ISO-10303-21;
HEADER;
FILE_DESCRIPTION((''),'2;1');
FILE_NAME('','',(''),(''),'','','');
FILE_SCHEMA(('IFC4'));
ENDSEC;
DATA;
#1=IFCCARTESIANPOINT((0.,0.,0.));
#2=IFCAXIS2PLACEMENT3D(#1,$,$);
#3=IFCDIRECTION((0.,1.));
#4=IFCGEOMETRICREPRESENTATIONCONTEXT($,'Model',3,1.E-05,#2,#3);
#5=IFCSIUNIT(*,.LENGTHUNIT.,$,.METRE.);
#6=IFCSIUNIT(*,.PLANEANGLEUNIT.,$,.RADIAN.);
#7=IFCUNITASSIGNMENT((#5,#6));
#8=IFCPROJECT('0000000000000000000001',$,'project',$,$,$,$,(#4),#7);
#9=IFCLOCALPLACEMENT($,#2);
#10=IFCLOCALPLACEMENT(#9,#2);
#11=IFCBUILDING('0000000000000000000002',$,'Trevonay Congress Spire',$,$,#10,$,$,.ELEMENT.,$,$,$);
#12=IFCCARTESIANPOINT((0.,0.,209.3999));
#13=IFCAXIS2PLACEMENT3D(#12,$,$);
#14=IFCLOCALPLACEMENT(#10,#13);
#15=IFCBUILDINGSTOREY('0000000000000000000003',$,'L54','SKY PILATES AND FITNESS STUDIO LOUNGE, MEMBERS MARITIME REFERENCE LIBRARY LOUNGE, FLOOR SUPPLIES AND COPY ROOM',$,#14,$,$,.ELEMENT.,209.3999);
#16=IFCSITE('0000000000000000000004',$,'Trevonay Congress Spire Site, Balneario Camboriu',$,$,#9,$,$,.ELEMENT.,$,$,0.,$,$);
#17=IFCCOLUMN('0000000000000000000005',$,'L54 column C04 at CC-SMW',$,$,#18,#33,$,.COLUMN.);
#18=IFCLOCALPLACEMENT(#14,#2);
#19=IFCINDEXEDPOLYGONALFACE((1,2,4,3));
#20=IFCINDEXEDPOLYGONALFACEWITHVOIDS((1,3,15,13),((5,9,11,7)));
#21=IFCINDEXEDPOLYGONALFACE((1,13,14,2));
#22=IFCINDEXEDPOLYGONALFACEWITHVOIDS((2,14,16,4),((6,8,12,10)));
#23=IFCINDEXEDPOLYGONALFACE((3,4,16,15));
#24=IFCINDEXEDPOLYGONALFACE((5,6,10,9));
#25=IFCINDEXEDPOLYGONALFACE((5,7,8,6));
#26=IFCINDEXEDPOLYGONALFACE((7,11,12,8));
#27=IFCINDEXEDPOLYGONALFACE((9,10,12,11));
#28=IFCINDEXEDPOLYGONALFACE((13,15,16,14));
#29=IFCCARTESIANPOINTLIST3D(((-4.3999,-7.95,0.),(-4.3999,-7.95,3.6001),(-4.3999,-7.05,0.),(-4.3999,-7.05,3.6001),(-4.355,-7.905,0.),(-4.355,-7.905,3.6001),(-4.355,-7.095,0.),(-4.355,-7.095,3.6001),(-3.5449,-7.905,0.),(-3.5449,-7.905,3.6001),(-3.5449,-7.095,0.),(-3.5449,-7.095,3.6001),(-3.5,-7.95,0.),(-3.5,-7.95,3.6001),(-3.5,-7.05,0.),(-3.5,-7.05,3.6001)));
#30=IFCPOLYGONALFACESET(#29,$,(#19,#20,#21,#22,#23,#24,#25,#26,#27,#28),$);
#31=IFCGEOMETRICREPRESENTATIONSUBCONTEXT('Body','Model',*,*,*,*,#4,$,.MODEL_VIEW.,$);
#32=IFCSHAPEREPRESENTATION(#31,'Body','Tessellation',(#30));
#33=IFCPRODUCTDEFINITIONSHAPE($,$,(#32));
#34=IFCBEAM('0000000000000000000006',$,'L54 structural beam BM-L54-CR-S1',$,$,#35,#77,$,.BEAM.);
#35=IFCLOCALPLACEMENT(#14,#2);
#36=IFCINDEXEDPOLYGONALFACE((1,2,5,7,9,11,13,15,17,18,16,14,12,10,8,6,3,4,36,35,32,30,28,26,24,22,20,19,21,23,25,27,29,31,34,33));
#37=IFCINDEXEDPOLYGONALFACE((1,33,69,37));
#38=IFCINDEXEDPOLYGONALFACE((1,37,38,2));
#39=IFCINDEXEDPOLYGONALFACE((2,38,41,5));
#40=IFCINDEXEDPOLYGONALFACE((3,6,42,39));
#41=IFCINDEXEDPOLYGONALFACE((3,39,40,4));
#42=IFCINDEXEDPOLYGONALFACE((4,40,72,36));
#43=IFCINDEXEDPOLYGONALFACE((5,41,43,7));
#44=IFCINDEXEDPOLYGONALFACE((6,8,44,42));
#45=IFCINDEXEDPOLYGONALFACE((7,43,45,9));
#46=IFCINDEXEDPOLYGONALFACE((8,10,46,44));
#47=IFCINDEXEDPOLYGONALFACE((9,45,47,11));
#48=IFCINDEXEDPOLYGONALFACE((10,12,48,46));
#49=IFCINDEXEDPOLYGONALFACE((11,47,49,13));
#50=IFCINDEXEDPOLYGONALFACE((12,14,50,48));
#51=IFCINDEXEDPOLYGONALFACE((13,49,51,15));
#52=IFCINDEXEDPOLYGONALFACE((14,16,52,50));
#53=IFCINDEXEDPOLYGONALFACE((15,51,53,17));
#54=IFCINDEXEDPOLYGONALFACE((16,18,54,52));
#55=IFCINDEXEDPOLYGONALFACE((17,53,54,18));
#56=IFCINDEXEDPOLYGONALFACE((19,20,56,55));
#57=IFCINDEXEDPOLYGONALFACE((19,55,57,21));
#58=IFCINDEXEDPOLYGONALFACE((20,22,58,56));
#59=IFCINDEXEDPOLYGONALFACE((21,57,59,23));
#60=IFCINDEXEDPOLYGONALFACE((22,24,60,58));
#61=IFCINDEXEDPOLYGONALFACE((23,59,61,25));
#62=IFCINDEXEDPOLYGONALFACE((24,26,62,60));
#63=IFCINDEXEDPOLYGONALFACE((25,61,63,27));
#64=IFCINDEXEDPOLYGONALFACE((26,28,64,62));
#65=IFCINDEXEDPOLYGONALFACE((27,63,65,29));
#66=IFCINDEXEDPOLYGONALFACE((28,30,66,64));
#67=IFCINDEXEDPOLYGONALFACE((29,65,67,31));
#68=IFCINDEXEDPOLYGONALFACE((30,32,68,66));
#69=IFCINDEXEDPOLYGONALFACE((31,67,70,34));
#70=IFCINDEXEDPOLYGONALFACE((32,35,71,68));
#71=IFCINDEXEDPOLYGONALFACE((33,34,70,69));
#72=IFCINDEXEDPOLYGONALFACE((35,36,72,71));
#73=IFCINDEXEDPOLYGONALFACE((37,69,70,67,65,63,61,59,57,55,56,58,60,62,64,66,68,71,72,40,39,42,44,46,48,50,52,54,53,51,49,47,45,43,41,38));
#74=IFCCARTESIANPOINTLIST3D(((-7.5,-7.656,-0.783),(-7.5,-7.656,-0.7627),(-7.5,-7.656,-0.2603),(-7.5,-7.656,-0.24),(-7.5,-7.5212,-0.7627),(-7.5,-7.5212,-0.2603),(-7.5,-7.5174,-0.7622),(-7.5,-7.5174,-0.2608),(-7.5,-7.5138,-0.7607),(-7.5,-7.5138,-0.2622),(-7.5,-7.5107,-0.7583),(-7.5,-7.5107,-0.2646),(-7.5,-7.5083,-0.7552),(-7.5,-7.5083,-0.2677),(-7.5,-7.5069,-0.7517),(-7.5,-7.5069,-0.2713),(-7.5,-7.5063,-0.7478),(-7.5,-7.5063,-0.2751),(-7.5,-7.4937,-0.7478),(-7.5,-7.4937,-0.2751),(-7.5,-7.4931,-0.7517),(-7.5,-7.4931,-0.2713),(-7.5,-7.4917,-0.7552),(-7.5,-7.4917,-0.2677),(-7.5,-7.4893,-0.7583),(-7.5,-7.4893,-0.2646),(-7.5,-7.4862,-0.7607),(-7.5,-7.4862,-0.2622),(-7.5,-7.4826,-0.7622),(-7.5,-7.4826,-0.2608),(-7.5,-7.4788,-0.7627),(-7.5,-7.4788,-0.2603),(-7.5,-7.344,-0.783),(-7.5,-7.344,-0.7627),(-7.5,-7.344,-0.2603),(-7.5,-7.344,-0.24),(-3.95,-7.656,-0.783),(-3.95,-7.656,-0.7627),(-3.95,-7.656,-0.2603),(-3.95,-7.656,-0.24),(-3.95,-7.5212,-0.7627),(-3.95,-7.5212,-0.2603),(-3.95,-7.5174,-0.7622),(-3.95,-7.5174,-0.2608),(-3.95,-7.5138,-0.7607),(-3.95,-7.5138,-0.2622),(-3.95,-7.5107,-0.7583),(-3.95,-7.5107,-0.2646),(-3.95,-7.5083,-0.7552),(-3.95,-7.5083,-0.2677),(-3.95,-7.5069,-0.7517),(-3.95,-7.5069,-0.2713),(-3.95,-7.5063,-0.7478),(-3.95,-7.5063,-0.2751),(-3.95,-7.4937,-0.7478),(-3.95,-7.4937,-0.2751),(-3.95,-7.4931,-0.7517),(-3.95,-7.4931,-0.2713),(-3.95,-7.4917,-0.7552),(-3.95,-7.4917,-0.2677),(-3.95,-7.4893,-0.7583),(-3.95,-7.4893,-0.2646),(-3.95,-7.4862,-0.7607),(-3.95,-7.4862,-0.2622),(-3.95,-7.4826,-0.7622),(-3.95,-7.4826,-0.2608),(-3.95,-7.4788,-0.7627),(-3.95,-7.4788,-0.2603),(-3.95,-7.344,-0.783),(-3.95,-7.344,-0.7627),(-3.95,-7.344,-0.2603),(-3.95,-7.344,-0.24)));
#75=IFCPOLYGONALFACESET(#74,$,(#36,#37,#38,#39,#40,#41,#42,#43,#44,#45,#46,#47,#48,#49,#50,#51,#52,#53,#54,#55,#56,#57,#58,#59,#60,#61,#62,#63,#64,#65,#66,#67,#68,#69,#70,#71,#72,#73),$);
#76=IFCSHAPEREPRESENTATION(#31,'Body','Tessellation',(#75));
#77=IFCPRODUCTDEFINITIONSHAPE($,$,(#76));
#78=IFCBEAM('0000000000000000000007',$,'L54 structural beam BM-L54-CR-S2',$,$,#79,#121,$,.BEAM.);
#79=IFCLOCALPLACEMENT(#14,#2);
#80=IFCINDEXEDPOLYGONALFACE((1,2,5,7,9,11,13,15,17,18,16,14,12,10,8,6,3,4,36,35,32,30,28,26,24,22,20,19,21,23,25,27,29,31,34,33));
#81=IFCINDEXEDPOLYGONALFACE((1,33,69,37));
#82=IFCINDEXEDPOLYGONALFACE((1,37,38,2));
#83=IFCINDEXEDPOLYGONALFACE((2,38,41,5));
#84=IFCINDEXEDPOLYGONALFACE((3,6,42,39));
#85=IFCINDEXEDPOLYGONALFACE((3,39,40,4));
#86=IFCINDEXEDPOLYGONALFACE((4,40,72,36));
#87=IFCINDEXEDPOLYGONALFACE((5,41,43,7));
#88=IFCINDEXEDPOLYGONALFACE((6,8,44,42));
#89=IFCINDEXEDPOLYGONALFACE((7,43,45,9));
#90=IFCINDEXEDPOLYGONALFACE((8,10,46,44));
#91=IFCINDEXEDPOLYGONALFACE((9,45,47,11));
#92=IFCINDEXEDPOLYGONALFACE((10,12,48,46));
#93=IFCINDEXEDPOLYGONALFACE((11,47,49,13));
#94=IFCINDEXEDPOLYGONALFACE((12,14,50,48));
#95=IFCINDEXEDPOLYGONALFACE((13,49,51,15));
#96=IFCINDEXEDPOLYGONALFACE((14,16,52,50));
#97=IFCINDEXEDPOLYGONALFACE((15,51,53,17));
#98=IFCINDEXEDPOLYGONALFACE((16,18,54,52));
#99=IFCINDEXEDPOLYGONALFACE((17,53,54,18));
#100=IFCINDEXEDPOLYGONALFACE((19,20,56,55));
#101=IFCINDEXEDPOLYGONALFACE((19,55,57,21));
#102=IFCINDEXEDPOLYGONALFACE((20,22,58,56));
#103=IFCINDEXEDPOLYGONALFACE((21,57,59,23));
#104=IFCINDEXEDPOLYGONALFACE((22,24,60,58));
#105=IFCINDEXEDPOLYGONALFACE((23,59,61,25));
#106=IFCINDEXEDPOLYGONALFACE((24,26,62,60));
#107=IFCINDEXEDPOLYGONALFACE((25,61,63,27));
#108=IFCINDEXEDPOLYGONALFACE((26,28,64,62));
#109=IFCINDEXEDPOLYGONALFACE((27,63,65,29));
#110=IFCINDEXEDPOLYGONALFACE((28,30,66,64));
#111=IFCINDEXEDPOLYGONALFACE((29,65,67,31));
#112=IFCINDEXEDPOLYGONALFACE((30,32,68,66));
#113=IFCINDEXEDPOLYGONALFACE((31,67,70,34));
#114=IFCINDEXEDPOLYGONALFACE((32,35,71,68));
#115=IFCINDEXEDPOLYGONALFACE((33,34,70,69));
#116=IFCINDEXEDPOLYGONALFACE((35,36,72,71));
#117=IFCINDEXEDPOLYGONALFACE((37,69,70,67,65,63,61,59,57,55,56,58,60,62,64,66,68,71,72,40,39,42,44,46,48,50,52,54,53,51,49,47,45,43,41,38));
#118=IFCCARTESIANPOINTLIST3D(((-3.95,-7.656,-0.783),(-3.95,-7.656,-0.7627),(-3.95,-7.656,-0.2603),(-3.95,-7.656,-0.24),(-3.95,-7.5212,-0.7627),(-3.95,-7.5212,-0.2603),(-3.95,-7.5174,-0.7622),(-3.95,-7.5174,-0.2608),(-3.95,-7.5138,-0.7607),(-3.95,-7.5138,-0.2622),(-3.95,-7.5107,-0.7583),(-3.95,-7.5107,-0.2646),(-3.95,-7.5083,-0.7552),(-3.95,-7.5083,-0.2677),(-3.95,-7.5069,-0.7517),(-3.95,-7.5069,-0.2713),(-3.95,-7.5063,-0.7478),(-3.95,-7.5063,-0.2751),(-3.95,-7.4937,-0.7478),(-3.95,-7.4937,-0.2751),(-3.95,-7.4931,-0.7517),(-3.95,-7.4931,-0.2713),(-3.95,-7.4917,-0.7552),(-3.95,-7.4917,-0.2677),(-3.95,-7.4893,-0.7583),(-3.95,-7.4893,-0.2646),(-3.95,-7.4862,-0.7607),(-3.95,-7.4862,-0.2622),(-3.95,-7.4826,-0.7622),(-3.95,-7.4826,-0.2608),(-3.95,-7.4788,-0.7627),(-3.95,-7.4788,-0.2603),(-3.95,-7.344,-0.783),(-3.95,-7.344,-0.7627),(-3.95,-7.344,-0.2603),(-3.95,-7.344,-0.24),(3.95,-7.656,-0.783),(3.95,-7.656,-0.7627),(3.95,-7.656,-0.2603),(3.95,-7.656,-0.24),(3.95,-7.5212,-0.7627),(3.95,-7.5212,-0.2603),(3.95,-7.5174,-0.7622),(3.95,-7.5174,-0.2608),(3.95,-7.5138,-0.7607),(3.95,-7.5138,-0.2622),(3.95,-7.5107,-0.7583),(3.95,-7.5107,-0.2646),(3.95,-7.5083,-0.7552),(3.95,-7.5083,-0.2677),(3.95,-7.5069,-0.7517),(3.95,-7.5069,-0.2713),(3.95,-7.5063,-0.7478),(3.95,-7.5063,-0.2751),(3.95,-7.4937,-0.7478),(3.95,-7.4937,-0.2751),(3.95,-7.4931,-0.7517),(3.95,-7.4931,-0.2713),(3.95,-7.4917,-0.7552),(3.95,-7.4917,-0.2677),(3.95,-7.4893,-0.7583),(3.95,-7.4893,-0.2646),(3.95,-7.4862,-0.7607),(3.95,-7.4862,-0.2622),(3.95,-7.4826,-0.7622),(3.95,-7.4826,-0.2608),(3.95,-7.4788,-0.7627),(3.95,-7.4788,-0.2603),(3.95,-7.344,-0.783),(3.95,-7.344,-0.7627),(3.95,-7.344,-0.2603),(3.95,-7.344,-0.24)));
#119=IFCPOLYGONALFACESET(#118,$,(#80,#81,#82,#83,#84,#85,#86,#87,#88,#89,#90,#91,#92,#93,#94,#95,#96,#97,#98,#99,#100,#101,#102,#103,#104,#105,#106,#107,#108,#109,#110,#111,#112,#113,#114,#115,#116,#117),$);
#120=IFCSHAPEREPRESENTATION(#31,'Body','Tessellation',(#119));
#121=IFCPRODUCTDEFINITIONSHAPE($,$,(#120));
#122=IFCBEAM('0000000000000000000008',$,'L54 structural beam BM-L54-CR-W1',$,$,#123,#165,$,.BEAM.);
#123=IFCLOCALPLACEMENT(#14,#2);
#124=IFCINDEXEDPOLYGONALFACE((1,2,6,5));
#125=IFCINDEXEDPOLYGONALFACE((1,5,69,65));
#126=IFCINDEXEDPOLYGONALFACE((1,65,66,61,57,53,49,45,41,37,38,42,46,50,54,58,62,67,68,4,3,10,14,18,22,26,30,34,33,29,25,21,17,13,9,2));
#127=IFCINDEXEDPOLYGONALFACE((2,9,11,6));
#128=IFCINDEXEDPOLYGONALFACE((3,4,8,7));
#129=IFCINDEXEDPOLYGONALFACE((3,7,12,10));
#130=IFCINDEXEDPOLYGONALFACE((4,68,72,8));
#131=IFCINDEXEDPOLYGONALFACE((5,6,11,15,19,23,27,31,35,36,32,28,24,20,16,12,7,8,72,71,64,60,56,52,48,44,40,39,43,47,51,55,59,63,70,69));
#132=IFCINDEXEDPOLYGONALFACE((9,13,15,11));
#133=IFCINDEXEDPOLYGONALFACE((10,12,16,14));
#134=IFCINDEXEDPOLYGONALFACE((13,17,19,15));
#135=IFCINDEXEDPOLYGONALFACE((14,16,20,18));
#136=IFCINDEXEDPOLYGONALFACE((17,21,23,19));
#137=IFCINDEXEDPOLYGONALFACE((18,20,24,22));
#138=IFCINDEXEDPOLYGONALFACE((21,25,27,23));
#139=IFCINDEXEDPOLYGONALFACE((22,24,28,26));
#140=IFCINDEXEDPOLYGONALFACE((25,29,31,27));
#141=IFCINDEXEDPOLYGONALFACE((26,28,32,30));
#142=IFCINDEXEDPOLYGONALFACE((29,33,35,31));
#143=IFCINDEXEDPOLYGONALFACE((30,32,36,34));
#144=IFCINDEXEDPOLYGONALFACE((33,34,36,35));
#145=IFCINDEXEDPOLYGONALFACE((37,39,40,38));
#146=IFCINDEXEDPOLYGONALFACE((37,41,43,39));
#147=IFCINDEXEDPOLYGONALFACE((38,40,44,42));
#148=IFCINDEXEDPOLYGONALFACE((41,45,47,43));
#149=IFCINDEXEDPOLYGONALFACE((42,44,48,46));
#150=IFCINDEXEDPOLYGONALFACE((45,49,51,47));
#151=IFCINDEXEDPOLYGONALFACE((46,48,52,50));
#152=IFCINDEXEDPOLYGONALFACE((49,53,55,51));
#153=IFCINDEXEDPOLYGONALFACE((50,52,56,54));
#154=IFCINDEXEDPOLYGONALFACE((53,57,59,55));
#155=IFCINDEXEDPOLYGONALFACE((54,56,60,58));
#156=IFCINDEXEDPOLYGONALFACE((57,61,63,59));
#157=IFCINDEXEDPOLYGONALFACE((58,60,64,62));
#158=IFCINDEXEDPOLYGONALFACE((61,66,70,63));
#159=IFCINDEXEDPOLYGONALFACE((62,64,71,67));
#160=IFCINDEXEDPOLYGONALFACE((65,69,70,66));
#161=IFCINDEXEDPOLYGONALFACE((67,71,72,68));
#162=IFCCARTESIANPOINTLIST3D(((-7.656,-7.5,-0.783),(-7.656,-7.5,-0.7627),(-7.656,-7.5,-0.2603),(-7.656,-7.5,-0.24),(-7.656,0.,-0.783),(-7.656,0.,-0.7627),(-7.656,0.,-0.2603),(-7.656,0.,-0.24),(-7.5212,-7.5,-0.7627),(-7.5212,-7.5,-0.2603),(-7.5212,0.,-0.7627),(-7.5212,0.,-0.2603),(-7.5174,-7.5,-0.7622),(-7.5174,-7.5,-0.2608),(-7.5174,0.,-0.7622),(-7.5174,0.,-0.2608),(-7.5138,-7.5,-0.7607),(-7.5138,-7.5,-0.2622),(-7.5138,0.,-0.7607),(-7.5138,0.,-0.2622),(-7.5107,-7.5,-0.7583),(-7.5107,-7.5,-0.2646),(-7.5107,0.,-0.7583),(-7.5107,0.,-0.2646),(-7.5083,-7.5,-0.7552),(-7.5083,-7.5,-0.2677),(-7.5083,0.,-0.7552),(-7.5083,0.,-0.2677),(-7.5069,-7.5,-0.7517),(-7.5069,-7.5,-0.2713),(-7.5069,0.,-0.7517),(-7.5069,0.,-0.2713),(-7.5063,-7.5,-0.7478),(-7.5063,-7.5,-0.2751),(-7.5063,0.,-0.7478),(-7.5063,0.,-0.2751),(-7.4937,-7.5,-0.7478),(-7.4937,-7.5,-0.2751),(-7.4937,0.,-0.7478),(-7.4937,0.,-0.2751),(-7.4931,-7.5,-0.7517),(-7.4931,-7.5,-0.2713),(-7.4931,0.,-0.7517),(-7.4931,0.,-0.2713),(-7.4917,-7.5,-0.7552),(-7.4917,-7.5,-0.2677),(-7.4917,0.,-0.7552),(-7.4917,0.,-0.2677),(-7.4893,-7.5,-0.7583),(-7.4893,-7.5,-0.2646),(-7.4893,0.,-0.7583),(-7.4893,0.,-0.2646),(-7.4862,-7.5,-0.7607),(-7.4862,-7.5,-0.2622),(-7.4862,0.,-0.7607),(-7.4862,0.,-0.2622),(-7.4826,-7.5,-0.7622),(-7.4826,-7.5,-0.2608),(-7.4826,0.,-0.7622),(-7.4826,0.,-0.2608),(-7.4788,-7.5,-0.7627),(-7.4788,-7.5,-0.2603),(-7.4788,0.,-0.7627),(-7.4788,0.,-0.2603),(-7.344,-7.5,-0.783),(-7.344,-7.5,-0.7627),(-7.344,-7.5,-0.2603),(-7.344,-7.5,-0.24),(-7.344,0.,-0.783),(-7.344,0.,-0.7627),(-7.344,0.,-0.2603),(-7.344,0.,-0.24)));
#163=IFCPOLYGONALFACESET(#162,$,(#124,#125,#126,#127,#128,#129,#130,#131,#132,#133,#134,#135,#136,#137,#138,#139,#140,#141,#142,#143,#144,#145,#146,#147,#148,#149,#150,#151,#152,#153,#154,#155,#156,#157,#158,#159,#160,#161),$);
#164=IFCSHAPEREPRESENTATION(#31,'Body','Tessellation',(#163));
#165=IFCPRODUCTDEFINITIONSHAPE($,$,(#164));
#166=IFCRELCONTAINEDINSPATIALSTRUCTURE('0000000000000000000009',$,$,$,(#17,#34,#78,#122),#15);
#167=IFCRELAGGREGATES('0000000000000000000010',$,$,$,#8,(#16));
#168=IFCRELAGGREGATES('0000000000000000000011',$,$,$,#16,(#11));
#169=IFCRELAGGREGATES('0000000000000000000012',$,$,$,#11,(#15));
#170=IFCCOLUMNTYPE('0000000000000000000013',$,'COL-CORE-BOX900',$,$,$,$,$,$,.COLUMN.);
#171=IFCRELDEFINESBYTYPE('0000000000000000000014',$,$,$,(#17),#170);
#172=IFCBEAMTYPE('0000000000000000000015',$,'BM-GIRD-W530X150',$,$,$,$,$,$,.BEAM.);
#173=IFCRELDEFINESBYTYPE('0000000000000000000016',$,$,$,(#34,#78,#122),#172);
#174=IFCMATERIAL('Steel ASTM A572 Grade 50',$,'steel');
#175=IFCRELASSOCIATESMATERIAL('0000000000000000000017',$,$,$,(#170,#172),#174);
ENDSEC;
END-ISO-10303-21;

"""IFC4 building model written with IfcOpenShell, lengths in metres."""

from ifc_helpers import new_model, si_unit, direction, frame, origin, origin_2d, place, context, subcontext, project, spatial, hollow_rectangle, i_section, extrude, material, material_profile, profile_set, type_object, element, save


model = new_model("IFC4")

# Units and contexts
model_context = context("Model", 3, precision=1e-05, world=origin(), true_north=direction((0.0, 1.0)))
body_context = subcontext(model_context, "Body", "Model", "MODEL_VIEW")
ifc_project = project(units=[si_unit("LENGTHUNIT", "METRE"), si_unit("PLANEANGLEUNIT", "RADIAN")], contexts=[model_context])

# Site, building, storey
site_placement = place(None, origin())
site = spatial("IfcSite", under=ifc_project, at=site_placement, Name="Trevonay Congress Spire Site, Balneario Camboriu", CompositionType="ELEMENT", RefElevation=0.0)
building_placement = place(site_placement, origin())
building = spatial("IfcBuilding", under=site, at=building_placement, Name="Trevonay Congress Spire", CompositionType="ELEMENT")
storey_placement = place(building_placement, frame((0.0, 0.0, 209.3999)))
storey = spatial("IfcBuildingStorey", under=building, at=storey_placement, Name="L54", Description="SKY PILATES AND FITNESS STUDIO LOUNGE, MEMBERS MARITIME REFERENCE LIBRARY LOUNGE, FLOOR SUPPLIES AND COPY ROOM", CompositionType="ELEMENT", Elevation=209.3999)

# Column
ifc_material_1 = material(Name="Steel ASTM A572 Grade 50", Category="steel")
ifc_material_profile_1 = material_profile(ifc_material_1, hollow_rectangle(XDim=0.8999, YDim=0.8999, WallThickness=0.0449, at=origin_2d()), Name="BOX 900x900x45")
ifc_profile_set_1 = profile_set([ifc_material_profile_1], Name="Steel ASTM A572 Grade 50")
column_type = type_object("IfcColumnType", Name="COL-CORE-BOX900", PredefinedType="COLUMN", material=ifc_profile_set_1)
column_placement = place(storey_placement, frame((-3.95, -7.5, 0.0), z_axis=(0.0, 0.0, 1.0), x_axis=(1.0, 0.0, 0.0)))
element("IfcColumn", 1, at=column_placement, inside=storey, type_object=column_type, Name="L54 column C04 at CC-SMW", PredefinedType="COLUMN", context=body_context, shape_type="SweptSolid", body=[
    extrude(hollow_rectangle(XDim=0.8999, YDim=0.8999, WallThickness=0.0449, at=origin_2d()), origin(), (0.0, 0.0, 1.0), 3.6001),
])

# Beams
ifc_material_profile_2 = material_profile(ifc_material_1, i_section(OverallWidth=0.312, OverallDepth=0.543, WebThickness=0.0127, FlangeThickness=0.0203, FilletRadius=0.0149, at=origin_2d()), Name="W530x150")
ifc_profile_set_2 = profile_set([ifc_material_profile_2], Name="Steel ASTM A572 Grade 50")
beam_type_1 = type_object("IfcBeamType", Name="BM-GIRD-W530X150", PredefinedType="BEAM", material=ifc_profile_set_2)
beam_1_placement = place(storey_placement, frame((-7.5, -7.5, -0.5115), z_axis=(1.0, 0.0, 0.0), x_axis=(0.0, 1.0, 0.0)))
element("IfcBeam", 2, at=beam_1_placement, inside=storey, type_object=beam_type_1, Name="L54 structural beam BM-L54-CR-S1", PredefinedType="BEAM", context=body_context, shape_type="SweptSolid", body=[
    extrude(i_section(OverallWidth=0.312, OverallDepth=0.543, WebThickness=0.0127, FlangeThickness=0.0203, FilletRadius=0.0149, at=origin_2d()), origin(), (0.0, 0.0, 1.0), 3.55),
])
beam_2_placement = place(storey_placement, frame((-3.95, -7.5, -0.5115), z_axis=(1.0, 0.0, 0.0), x_axis=(0.0, 1.0, 0.0)))
element("IfcBeam", 3, at=beam_2_placement, inside=storey, type_object=beam_type_1, Name="L54 structural beam BM-L54-CR-S2", PredefinedType="BEAM", context=body_context, shape_type="SweptSolid", body=[
    extrude(i_section(OverallWidth=0.312, OverallDepth=0.543, WebThickness=0.0127, FlangeThickness=0.0203, FilletRadius=0.0149, at=origin_2d()), origin(), (0.0, 0.0, 1.0), 7.8999),
])
beam_3_placement = place(storey_placement, frame((-7.5, -7.5, -0.5115), z_axis=(0.0, 1.0, 0.0), x_axis=(-1.0, 0.0, 0.0)))
element("IfcBeam", 4, at=beam_3_placement, inside=storey, type_object=beam_type_1, Name="L54 structural beam BM-L54-CR-W1", PredefinedType="BEAM", context=body_context, shape_type="SweptSolid", body=[
    extrude(i_section(OverallWidth=0.312, OverallDepth=0.543, WebThickness=0.0127, FlangeThickness=0.0203, FilletRadius=0.0149, at=origin_2d()), origin(), (0.0, 0.0, 1.0), 7.5),
])

save(model, "model.ifc")
